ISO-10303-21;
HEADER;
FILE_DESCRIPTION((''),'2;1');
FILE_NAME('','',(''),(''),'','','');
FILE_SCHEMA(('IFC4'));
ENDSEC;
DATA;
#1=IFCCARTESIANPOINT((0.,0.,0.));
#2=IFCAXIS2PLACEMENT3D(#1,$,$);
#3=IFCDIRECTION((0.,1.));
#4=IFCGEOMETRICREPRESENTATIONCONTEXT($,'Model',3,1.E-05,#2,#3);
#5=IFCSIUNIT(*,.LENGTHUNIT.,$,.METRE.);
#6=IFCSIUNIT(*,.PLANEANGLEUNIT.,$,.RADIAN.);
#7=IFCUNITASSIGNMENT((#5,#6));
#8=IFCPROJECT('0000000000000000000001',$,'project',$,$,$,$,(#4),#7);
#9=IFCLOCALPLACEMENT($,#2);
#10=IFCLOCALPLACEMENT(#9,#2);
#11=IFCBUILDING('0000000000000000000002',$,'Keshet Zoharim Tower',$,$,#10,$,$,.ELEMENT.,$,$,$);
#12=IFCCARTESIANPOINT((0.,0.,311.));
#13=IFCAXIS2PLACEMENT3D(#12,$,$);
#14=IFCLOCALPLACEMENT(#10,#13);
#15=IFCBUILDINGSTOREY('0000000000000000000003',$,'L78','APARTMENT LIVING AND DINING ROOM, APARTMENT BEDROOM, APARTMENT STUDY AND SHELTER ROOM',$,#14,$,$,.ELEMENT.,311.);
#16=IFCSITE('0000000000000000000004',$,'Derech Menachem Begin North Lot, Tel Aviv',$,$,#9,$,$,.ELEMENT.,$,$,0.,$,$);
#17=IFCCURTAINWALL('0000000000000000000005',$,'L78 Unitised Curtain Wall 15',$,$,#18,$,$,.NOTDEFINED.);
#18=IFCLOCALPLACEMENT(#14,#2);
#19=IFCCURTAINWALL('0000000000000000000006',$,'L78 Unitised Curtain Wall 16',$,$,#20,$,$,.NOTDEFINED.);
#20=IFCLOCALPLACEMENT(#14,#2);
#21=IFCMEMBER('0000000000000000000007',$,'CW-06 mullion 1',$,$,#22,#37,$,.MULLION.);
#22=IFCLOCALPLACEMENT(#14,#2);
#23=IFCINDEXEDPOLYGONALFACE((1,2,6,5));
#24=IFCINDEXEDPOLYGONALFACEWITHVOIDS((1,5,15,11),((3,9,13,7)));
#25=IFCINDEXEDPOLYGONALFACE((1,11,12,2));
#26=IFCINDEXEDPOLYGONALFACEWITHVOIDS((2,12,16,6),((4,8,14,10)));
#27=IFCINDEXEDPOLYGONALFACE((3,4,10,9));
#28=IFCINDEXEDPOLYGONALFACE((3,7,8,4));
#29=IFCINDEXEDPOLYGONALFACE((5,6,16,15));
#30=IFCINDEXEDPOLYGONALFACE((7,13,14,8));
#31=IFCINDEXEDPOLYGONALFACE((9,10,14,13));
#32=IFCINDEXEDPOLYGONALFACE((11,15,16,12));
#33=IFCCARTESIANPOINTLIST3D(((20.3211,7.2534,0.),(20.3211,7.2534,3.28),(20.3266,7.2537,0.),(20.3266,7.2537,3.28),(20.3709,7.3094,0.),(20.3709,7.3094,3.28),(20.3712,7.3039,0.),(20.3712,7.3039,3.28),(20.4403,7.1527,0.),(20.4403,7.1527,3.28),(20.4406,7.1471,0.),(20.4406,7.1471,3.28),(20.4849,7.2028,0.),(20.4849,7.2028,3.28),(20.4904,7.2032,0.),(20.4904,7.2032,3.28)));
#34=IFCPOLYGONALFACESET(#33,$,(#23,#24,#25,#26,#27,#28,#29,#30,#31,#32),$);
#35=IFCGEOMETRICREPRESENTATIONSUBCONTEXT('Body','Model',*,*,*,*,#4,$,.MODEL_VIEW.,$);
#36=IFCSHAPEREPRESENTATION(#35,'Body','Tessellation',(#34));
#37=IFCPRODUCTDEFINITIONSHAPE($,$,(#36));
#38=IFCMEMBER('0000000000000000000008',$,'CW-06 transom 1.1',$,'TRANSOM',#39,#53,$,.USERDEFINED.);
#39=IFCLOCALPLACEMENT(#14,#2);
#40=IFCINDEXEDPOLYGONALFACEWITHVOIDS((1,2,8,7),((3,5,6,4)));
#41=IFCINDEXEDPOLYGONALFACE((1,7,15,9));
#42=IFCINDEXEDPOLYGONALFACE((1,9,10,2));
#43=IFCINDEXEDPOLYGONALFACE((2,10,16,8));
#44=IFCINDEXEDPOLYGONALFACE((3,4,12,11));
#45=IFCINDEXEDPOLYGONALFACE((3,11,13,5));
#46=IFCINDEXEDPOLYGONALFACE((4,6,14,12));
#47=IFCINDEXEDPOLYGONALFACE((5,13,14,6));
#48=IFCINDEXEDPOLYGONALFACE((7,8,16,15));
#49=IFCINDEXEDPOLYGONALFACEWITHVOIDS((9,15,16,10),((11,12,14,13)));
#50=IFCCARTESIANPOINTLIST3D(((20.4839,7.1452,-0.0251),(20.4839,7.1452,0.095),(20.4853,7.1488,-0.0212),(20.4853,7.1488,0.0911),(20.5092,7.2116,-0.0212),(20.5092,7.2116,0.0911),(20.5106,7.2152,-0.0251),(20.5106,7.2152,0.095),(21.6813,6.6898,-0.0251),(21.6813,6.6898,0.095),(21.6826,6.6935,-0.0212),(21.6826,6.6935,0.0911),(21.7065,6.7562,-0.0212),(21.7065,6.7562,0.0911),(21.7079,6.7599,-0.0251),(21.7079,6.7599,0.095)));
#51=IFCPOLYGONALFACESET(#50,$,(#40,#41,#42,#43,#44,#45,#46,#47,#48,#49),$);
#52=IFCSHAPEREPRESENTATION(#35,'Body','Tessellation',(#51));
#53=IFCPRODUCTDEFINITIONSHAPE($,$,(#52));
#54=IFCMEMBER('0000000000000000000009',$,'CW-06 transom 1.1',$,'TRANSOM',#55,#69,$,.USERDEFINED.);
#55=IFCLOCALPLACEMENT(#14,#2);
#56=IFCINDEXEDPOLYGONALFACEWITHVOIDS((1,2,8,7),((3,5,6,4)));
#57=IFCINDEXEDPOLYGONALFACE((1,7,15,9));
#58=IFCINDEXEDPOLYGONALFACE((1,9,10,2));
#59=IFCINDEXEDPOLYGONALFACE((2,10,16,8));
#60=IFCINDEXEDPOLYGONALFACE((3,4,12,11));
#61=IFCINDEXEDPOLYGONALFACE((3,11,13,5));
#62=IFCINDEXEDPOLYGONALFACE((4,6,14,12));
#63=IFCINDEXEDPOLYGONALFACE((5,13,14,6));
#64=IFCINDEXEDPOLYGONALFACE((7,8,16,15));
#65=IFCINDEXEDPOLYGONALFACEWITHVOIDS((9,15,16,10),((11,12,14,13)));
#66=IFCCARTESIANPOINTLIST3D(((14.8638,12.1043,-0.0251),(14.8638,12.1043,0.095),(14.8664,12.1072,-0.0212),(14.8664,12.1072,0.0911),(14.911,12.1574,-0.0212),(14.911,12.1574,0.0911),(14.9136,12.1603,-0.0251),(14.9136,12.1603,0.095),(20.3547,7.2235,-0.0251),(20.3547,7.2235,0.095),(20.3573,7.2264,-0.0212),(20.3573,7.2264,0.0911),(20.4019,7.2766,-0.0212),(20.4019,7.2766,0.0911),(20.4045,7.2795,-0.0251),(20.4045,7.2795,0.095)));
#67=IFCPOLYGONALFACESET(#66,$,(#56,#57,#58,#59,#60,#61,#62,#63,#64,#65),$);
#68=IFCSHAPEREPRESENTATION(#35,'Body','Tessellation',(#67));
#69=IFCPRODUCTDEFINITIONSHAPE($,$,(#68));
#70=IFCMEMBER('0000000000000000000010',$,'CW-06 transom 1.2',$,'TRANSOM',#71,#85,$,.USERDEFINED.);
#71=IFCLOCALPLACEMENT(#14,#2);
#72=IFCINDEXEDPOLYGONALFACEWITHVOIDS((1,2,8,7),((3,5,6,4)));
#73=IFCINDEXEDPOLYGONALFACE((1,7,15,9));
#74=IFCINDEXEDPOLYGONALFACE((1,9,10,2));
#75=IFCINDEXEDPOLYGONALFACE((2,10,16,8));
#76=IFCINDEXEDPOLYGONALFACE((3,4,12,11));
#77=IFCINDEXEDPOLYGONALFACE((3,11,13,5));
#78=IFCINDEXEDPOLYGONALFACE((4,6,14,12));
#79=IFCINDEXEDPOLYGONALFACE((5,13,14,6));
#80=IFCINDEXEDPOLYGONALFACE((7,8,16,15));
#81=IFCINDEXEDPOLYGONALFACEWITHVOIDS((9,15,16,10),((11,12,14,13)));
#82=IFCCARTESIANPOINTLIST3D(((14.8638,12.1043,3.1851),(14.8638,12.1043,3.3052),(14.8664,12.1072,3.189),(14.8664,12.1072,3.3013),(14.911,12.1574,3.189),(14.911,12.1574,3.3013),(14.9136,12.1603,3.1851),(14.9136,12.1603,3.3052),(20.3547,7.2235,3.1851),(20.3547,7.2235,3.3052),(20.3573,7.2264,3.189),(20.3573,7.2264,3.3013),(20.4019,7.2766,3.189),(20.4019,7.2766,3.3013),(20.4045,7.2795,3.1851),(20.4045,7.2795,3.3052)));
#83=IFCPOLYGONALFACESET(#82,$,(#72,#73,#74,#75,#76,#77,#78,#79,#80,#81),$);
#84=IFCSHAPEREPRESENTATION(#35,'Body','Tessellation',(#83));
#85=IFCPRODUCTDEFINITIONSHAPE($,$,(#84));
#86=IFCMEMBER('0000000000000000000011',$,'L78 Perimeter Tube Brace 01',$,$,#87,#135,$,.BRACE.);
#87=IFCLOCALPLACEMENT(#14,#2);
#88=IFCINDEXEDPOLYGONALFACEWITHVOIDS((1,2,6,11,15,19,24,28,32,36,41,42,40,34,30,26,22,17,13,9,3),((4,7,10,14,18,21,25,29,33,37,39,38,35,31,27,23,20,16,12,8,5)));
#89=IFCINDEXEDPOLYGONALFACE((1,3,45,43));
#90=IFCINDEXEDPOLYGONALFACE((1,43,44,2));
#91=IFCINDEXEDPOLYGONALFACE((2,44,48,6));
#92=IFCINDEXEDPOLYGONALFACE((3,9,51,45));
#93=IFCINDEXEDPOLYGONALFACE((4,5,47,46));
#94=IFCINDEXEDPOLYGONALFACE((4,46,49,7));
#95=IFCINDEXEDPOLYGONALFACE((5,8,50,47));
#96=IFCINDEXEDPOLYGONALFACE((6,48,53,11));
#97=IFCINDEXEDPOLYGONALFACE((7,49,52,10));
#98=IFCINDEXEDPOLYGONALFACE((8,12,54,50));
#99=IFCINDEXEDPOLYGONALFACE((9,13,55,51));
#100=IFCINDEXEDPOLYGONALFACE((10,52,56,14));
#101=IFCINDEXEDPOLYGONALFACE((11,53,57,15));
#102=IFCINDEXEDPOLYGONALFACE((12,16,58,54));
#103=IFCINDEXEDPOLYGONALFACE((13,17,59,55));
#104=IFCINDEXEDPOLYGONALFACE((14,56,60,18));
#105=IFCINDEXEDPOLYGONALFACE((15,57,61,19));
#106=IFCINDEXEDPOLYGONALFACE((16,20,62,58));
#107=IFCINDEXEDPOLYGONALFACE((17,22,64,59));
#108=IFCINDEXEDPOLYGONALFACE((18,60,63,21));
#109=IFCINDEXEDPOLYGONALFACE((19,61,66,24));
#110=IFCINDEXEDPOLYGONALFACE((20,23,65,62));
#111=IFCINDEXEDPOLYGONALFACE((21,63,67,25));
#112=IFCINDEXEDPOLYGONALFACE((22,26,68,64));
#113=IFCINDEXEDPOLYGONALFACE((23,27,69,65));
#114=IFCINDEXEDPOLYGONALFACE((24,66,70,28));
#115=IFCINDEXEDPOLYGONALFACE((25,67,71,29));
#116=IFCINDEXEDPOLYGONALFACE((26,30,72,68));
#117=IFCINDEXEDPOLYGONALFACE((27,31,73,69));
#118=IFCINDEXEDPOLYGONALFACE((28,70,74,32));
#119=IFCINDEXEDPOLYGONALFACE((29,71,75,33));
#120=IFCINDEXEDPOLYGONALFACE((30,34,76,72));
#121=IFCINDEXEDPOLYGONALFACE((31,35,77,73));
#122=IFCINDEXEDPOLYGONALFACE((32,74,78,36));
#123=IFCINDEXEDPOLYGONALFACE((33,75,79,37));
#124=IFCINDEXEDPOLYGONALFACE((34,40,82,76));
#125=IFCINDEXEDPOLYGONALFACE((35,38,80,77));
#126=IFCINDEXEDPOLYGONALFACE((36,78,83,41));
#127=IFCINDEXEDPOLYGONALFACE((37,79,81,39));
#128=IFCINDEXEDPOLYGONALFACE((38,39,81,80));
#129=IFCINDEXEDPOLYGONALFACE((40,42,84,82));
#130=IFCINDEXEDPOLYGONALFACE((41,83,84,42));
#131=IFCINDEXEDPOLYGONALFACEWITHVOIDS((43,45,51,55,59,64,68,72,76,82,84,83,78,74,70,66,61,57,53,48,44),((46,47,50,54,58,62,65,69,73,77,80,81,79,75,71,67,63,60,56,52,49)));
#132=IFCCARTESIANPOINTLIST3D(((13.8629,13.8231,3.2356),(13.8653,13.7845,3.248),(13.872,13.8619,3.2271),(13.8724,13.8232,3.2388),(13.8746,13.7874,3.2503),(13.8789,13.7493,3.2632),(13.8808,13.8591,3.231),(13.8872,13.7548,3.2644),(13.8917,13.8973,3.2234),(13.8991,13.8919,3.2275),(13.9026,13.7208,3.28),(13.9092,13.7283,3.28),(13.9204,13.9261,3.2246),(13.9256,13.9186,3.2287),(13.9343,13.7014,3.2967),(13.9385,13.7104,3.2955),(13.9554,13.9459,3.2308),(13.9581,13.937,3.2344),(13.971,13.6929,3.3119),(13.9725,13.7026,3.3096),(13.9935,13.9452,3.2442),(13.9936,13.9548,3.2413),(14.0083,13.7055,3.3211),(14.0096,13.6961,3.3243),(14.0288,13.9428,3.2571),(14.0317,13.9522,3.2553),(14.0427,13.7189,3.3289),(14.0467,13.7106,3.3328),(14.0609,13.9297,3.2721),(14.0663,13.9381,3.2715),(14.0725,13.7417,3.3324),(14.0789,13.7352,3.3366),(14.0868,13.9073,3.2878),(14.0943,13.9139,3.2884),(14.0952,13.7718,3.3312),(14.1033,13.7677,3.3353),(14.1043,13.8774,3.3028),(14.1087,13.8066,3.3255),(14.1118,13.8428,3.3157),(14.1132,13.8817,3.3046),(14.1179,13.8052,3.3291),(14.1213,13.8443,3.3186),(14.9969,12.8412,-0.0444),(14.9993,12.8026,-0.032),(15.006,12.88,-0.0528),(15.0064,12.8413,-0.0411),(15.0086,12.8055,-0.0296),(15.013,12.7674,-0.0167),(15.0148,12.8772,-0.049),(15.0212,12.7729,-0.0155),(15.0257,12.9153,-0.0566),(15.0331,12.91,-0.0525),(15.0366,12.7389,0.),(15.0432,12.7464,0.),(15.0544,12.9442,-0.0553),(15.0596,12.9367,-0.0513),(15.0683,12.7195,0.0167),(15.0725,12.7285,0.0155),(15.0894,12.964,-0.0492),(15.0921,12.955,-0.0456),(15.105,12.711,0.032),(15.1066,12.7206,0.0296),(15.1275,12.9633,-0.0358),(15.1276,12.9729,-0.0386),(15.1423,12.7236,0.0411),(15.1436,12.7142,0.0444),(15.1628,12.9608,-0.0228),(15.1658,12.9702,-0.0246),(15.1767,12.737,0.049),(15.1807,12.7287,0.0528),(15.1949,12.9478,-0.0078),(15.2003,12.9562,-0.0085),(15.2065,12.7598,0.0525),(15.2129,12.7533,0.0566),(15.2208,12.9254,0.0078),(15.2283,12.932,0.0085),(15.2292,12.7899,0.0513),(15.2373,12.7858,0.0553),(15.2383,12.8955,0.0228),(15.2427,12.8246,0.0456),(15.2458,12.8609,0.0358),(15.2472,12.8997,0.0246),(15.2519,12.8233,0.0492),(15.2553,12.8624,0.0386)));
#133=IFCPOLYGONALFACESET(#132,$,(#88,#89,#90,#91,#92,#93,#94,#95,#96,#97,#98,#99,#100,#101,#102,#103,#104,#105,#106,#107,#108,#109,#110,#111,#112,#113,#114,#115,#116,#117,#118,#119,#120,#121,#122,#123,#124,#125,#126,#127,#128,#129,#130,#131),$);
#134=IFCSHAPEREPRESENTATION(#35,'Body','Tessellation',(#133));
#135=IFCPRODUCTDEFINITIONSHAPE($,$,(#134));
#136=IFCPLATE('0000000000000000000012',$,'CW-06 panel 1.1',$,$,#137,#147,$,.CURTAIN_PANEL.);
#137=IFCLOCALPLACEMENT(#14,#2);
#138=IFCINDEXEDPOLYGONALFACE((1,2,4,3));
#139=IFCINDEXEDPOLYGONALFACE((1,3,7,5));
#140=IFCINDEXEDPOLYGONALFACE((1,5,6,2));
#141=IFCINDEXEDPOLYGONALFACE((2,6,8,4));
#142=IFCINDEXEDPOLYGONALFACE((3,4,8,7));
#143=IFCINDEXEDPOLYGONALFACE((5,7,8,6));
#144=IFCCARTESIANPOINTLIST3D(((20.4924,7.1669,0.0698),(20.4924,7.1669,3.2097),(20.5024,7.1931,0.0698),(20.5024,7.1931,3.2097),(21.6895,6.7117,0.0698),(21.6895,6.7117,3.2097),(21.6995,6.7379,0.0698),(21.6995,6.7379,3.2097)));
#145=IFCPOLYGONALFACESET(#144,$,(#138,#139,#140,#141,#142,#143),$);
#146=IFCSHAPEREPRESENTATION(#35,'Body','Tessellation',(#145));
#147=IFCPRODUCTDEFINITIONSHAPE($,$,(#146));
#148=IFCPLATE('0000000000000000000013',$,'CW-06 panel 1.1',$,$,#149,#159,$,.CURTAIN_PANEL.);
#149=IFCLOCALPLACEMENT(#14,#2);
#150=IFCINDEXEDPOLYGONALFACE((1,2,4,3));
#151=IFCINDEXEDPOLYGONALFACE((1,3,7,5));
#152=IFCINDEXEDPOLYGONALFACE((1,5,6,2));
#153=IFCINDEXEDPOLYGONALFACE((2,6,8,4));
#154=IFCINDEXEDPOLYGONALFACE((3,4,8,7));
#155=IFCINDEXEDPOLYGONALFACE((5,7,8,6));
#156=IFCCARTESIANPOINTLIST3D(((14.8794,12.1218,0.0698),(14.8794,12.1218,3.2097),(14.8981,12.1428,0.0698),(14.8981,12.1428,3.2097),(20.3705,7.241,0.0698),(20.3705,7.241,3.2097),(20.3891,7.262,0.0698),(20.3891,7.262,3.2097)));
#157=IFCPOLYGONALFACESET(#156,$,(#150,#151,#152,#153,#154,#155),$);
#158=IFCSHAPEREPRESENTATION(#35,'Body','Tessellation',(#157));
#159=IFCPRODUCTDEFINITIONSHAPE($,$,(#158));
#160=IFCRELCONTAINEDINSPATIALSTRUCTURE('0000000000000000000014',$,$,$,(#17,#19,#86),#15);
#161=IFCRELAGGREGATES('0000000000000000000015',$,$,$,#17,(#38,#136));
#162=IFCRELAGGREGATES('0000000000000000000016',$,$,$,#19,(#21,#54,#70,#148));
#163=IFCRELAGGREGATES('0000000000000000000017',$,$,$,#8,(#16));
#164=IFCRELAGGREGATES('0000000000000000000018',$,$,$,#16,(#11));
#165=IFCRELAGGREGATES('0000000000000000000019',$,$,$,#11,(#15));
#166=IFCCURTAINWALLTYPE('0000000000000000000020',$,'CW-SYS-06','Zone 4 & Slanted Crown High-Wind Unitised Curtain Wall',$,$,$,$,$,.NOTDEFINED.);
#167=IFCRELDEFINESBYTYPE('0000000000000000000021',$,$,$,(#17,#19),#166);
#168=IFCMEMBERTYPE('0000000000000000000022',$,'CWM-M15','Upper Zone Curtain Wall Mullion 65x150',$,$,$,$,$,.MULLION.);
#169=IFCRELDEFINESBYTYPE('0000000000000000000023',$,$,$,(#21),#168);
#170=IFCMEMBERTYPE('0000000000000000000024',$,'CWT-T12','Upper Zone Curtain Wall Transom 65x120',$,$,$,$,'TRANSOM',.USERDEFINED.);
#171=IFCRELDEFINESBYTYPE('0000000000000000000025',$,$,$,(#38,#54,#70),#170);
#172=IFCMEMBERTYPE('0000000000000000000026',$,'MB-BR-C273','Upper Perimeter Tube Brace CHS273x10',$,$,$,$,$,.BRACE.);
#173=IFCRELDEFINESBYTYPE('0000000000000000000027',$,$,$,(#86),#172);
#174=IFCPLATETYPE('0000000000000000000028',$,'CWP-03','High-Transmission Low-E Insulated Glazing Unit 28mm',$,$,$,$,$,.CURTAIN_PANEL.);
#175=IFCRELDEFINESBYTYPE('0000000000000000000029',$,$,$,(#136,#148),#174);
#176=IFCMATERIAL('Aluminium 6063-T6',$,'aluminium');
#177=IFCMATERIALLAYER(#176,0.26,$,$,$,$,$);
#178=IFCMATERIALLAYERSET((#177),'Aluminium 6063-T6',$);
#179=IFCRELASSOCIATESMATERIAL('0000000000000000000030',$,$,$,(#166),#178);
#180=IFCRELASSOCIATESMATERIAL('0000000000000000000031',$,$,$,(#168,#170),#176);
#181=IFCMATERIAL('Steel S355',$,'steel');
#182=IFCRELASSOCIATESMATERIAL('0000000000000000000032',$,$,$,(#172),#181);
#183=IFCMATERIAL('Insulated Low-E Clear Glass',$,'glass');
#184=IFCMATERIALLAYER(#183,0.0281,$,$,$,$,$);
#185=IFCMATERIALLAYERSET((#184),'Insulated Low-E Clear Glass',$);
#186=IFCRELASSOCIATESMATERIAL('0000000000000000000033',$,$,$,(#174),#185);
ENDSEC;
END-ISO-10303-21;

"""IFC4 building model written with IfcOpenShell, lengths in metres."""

from ifc_helpers import new_model, si_unit, direction, frame, origin, origin_2d, place, context, subcontext, project, spatial, rectangle, hollow_rectangle, hollow_circle, extrude, material, layer, layer_set, material_profile, profile_set, type_object, element, aggregate, save


model = new_model("IFC4")

# Units and contexts
model_context = context("Model", 3, precision=1e-05, world=origin(), true_north=direction((0.0, 1.0)))
body_context = subcontext(model_context, "Body", "Model", "MODEL_VIEW")
ifc_project = project(units=[si_unit("LENGTHUNIT", "METRE"), si_unit("PLANEANGLEUNIT", "RADIAN")], contexts=[model_context])

# Site, building, storey
site_placement = place(None, origin())
site = spatial("IfcSite", under=ifc_project, at=site_placement, Name="Derech Menachem Begin North Lot, Tel Aviv", CompositionType="ELEMENT", RefElevation=0.0)
building_placement = place(site_placement, origin())
building = spatial("IfcBuilding", under=site, at=building_placement, Name="Keshet Zoharim Tower", CompositionType="ELEMENT")
storey_placement = place(building_placement, frame((0.0, 0.0, 311.0)))
storey = spatial("IfcBuildingStorey", under=building, at=storey_placement, Name="L78", Description="APARTMENT LIVING AND DINING ROOM, APARTMENT BEDROOM, APARTMENT STUDY AND SHELTER ROOM", CompositionType="ELEMENT", Elevation=311.0)

# Shared definitions
ifc_material_1 = material(Name="Steel S355", Category="steel")

# Curtain walls, member
ifc_material_2 = material(Name="Aluminium 6063-T6", Category="aluminium")
ifc_layer_1 = layer(ifc_material_2, 0.26)
ifc_layer_set_1 = layer_set([ifc_layer_1], Name="Aluminium 6063-T6")
curtain_wall_type = type_object("IfcCurtainWallType", Name="CW-SYS-06", Description="Zone 4 & Slanted Crown High-Wind Unitised Curtain Wall", PredefinedType="NOTDEFINED", material=ifc_layer_set_1)
curtain_wall_1_placement = place(storey_placement, origin())
curtain_wall_1 = element("IfcCurtainWall", 1, at=curtain_wall_1_placement, inside=storey, type_object=curtain_wall_type, Name="L78 Unitised Curtain Wall 15", PredefinedType="NOTDEFINED")
ifc_material_profile_1 = material_profile(ifc_material_2, hollow_rectangle(XDim=0.075, YDim=0.1599, WallThickness=0.0039, at=origin_2d()), Name="MUL-75x160")
ifc_profile_set_1 = profile_set([ifc_material_profile_1], Name="Aluminium 6063-T6")
member_type_1 = type_object("IfcMemberType", Name="CWM-M15", Description="Upper Zone Curtain Wall Mullion 65x150", PredefinedType="MULLION", material=ifc_profile_set_1)
curtain_wall_2_placement = place(storey_placement, origin())
curtain_wall_2 = element("IfcCurtainWall", 2, at=curtain_wall_2_placement, inside=storey, type_object=curtain_wall_type, Name="L78 Unitised Curtain Wall 16", PredefinedType="NOTDEFINED")
member_1_placement = place(storey_placement, frame((20.4058, 7.2283, 0.0), z_axis=(0.0, 0.0, 1.0), x_axis=(-0.664359, -0.747414, 0.0)))
member_1 = element("IfcMember", 3, at=member_1_placement, type_object=member_type_1, Name="CW-06 mullion 1", PredefinedType="MULLION", context=body_context, shape_type="SweptSolid", body=[
    extrude(hollow_rectangle(XDim=0.075, YDim=0.1599, WallThickness=0.0039, at=origin_2d()), origin(), (0.0, 0.0, 1.0), 3.28),
])

# Members
ifc_material_profile_2 = material_profile(ifc_material_2, hollow_rectangle(XDim=0.075, YDim=0.1201, WallThickness=0.0039, at=origin_2d()), Name="TRN-75x120")
ifc_profile_set_2 = profile_set([ifc_material_profile_2], Name="Aluminium 6063-T6")
member_type_2 = type_object("IfcMemberType", Name="CWT-T12", Description="Upper Zone Curtain Wall Transom 65x120", ElementType="TRANSOM", PredefinedType="USERDEFINED", material=ifc_profile_set_2)
member_2_placement = place(storey_placement, frame((21.6946, 6.7249, 0.0349), z_axis=(-0.93469, 0.355464, 0.0), x_axis=(-0.355464, -0.93469, 0.0)))
member_2 = element("IfcMember", 4, at=member_2_placement, type_object=member_type_2, Name="CW-06 transom 1.1", ObjectType="TRANSOM", PredefinedType="USERDEFINED", context=body_context, shape_type="SweptSolid", body=[
    extrude(hollow_rectangle(XDim=0.075, YDim=0.1201, WallThickness=0.0039, at=origin_2d()), origin(), (0.0, 0.0, 1.0), 1.281),
])
member_3_placement = place(storey_placement, frame((20.3796, 7.2515, 0.0349), z_axis=(-0.747409, 0.664364, 0.0), x_axis=(-0.664364, -0.747409, 0.0)))
member_3 = element("IfcMember", 5, at=member_3_placement, type_object=member_type_2, Name="CW-06 transom 1.1", ObjectType="TRANSOM", PredefinedType="USERDEFINED", context=body_context, shape_type="SweptSolid", body=[
    extrude(hollow_rectangle(XDim=0.075, YDim=0.1201, WallThickness=0.0039, at=origin_2d()), origin(), (0.0, 0.0, 1.0), 7.3467),
])
member_4_placement = place(storey_placement, frame((20.3796, 7.2515, 3.2451), z_axis=(-0.747409, 0.664364, 0.0), x_axis=(-0.664364, -0.747409, 0.0)))
member_4 = element("IfcMember", 6, at=member_4_placement, type_object=member_type_2, Name="CW-06 transom 1.2", ObjectType="TRANSOM", PredefinedType="USERDEFINED", context=body_context, shape_type="SweptSolid", body=[
    extrude(hollow_rectangle(XDim=0.075, YDim=0.1201, WallThickness=0.0039, at=origin_2d()), origin(), (0.0, 0.0, 1.0), 7.3467),
])
ifc_material_profile_3 = material_profile(ifc_material_1, hollow_circle(Radius=0.1365, WallThickness=0.01, at=origin_2d()), Name="CHS273x10")
ifc_profile_set_3 = profile_set([ifc_material_profile_3], Name="Steel S355")
member_type_3 = type_object("IfcMemberType", Name="MB-BR-C273", Description="Upper Perimeter Tube Brace CHS273x10", PredefinedType="BRACE", material=ifc_profile_set_3)
member_5_placement = place(storey_placement, frame((15.126, 12.842, 0.0), z_axis=(-0.314418, 0.272247, 0.909408), x_axis=(-0.65459, -0.755984, 0.0)))
element("IfcMember", 7, at=member_5_placement, inside=storey, type_object=member_type_3, Name="L78 Perimeter Tube Brace 01", PredefinedType="BRACE", context=body_context, shape_type="SweptSolid", body=[
    extrude(hollow_circle(Radius=0.1365, WallThickness=0.01, at=origin_2d()), origin(), (0.0, 0.0, 1.0), 3.6067),
])

# Plates
ifc_material_3 = material(Name="Insulated Low-E Clear Glass", Category="glass")
ifc_layer_2 = layer(ifc_material_3, 0.0281)
ifc_layer_set_2 = layer_set([ifc_layer_2], Name="Insulated Low-E Clear Glass")
plate_type = type_object("IfcPlateType", Name="CWP-03", Description="High-Transmission Low-E Insulated Glazing Unit 28mm", PredefinedType="CURTAIN_PANEL", material=ifc_layer_set_2)
plate_1_placement = place(storey_placement, frame((21.0959, 6.9524, 0.0698), z_axis=(0.0, 0.0, 1.0), x_axis=(-0.934699, 0.355439, 0.0)))
plate_1 = element("IfcPlate", 8, at=plate_1_placement, type_object=plate_type, Name="CW-06 panel 1.1", PredefinedType="CURTAIN_PANEL", context=body_context, shape_type="SweptSolid", body=[
    extrude(rectangle(XDim=1.2808, YDim=0.0281, at=origin_2d()), origin(), (0.0, 0.0, 1.0), 3.1399),
])
aggregate(curtain_wall_1, [member_2, plate_1])
plate_2_placement = place(storey_placement, frame((17.6343, 9.6919, 0.0698), z_axis=(0.0, 0.0, 1.0), x_axis=(-0.747414, 0.664359, 0.0)))
plate_2 = element("IfcPlate", 9, at=plate_2_placement, type_object=plate_type, Name="CW-06 panel 1.1", PredefinedType="CURTAIN_PANEL", context=body_context, shape_type="SweptSolid", body=[
    extrude(rectangle(XDim=7.3467, YDim=0.0281, at=origin_2d()), origin(), (0.0, 0.0, 1.0), 3.1399),
])
aggregate(curtain_wall_2, [member_1, member_3, member_4, plate_2])

save(model, "model.ifc")
